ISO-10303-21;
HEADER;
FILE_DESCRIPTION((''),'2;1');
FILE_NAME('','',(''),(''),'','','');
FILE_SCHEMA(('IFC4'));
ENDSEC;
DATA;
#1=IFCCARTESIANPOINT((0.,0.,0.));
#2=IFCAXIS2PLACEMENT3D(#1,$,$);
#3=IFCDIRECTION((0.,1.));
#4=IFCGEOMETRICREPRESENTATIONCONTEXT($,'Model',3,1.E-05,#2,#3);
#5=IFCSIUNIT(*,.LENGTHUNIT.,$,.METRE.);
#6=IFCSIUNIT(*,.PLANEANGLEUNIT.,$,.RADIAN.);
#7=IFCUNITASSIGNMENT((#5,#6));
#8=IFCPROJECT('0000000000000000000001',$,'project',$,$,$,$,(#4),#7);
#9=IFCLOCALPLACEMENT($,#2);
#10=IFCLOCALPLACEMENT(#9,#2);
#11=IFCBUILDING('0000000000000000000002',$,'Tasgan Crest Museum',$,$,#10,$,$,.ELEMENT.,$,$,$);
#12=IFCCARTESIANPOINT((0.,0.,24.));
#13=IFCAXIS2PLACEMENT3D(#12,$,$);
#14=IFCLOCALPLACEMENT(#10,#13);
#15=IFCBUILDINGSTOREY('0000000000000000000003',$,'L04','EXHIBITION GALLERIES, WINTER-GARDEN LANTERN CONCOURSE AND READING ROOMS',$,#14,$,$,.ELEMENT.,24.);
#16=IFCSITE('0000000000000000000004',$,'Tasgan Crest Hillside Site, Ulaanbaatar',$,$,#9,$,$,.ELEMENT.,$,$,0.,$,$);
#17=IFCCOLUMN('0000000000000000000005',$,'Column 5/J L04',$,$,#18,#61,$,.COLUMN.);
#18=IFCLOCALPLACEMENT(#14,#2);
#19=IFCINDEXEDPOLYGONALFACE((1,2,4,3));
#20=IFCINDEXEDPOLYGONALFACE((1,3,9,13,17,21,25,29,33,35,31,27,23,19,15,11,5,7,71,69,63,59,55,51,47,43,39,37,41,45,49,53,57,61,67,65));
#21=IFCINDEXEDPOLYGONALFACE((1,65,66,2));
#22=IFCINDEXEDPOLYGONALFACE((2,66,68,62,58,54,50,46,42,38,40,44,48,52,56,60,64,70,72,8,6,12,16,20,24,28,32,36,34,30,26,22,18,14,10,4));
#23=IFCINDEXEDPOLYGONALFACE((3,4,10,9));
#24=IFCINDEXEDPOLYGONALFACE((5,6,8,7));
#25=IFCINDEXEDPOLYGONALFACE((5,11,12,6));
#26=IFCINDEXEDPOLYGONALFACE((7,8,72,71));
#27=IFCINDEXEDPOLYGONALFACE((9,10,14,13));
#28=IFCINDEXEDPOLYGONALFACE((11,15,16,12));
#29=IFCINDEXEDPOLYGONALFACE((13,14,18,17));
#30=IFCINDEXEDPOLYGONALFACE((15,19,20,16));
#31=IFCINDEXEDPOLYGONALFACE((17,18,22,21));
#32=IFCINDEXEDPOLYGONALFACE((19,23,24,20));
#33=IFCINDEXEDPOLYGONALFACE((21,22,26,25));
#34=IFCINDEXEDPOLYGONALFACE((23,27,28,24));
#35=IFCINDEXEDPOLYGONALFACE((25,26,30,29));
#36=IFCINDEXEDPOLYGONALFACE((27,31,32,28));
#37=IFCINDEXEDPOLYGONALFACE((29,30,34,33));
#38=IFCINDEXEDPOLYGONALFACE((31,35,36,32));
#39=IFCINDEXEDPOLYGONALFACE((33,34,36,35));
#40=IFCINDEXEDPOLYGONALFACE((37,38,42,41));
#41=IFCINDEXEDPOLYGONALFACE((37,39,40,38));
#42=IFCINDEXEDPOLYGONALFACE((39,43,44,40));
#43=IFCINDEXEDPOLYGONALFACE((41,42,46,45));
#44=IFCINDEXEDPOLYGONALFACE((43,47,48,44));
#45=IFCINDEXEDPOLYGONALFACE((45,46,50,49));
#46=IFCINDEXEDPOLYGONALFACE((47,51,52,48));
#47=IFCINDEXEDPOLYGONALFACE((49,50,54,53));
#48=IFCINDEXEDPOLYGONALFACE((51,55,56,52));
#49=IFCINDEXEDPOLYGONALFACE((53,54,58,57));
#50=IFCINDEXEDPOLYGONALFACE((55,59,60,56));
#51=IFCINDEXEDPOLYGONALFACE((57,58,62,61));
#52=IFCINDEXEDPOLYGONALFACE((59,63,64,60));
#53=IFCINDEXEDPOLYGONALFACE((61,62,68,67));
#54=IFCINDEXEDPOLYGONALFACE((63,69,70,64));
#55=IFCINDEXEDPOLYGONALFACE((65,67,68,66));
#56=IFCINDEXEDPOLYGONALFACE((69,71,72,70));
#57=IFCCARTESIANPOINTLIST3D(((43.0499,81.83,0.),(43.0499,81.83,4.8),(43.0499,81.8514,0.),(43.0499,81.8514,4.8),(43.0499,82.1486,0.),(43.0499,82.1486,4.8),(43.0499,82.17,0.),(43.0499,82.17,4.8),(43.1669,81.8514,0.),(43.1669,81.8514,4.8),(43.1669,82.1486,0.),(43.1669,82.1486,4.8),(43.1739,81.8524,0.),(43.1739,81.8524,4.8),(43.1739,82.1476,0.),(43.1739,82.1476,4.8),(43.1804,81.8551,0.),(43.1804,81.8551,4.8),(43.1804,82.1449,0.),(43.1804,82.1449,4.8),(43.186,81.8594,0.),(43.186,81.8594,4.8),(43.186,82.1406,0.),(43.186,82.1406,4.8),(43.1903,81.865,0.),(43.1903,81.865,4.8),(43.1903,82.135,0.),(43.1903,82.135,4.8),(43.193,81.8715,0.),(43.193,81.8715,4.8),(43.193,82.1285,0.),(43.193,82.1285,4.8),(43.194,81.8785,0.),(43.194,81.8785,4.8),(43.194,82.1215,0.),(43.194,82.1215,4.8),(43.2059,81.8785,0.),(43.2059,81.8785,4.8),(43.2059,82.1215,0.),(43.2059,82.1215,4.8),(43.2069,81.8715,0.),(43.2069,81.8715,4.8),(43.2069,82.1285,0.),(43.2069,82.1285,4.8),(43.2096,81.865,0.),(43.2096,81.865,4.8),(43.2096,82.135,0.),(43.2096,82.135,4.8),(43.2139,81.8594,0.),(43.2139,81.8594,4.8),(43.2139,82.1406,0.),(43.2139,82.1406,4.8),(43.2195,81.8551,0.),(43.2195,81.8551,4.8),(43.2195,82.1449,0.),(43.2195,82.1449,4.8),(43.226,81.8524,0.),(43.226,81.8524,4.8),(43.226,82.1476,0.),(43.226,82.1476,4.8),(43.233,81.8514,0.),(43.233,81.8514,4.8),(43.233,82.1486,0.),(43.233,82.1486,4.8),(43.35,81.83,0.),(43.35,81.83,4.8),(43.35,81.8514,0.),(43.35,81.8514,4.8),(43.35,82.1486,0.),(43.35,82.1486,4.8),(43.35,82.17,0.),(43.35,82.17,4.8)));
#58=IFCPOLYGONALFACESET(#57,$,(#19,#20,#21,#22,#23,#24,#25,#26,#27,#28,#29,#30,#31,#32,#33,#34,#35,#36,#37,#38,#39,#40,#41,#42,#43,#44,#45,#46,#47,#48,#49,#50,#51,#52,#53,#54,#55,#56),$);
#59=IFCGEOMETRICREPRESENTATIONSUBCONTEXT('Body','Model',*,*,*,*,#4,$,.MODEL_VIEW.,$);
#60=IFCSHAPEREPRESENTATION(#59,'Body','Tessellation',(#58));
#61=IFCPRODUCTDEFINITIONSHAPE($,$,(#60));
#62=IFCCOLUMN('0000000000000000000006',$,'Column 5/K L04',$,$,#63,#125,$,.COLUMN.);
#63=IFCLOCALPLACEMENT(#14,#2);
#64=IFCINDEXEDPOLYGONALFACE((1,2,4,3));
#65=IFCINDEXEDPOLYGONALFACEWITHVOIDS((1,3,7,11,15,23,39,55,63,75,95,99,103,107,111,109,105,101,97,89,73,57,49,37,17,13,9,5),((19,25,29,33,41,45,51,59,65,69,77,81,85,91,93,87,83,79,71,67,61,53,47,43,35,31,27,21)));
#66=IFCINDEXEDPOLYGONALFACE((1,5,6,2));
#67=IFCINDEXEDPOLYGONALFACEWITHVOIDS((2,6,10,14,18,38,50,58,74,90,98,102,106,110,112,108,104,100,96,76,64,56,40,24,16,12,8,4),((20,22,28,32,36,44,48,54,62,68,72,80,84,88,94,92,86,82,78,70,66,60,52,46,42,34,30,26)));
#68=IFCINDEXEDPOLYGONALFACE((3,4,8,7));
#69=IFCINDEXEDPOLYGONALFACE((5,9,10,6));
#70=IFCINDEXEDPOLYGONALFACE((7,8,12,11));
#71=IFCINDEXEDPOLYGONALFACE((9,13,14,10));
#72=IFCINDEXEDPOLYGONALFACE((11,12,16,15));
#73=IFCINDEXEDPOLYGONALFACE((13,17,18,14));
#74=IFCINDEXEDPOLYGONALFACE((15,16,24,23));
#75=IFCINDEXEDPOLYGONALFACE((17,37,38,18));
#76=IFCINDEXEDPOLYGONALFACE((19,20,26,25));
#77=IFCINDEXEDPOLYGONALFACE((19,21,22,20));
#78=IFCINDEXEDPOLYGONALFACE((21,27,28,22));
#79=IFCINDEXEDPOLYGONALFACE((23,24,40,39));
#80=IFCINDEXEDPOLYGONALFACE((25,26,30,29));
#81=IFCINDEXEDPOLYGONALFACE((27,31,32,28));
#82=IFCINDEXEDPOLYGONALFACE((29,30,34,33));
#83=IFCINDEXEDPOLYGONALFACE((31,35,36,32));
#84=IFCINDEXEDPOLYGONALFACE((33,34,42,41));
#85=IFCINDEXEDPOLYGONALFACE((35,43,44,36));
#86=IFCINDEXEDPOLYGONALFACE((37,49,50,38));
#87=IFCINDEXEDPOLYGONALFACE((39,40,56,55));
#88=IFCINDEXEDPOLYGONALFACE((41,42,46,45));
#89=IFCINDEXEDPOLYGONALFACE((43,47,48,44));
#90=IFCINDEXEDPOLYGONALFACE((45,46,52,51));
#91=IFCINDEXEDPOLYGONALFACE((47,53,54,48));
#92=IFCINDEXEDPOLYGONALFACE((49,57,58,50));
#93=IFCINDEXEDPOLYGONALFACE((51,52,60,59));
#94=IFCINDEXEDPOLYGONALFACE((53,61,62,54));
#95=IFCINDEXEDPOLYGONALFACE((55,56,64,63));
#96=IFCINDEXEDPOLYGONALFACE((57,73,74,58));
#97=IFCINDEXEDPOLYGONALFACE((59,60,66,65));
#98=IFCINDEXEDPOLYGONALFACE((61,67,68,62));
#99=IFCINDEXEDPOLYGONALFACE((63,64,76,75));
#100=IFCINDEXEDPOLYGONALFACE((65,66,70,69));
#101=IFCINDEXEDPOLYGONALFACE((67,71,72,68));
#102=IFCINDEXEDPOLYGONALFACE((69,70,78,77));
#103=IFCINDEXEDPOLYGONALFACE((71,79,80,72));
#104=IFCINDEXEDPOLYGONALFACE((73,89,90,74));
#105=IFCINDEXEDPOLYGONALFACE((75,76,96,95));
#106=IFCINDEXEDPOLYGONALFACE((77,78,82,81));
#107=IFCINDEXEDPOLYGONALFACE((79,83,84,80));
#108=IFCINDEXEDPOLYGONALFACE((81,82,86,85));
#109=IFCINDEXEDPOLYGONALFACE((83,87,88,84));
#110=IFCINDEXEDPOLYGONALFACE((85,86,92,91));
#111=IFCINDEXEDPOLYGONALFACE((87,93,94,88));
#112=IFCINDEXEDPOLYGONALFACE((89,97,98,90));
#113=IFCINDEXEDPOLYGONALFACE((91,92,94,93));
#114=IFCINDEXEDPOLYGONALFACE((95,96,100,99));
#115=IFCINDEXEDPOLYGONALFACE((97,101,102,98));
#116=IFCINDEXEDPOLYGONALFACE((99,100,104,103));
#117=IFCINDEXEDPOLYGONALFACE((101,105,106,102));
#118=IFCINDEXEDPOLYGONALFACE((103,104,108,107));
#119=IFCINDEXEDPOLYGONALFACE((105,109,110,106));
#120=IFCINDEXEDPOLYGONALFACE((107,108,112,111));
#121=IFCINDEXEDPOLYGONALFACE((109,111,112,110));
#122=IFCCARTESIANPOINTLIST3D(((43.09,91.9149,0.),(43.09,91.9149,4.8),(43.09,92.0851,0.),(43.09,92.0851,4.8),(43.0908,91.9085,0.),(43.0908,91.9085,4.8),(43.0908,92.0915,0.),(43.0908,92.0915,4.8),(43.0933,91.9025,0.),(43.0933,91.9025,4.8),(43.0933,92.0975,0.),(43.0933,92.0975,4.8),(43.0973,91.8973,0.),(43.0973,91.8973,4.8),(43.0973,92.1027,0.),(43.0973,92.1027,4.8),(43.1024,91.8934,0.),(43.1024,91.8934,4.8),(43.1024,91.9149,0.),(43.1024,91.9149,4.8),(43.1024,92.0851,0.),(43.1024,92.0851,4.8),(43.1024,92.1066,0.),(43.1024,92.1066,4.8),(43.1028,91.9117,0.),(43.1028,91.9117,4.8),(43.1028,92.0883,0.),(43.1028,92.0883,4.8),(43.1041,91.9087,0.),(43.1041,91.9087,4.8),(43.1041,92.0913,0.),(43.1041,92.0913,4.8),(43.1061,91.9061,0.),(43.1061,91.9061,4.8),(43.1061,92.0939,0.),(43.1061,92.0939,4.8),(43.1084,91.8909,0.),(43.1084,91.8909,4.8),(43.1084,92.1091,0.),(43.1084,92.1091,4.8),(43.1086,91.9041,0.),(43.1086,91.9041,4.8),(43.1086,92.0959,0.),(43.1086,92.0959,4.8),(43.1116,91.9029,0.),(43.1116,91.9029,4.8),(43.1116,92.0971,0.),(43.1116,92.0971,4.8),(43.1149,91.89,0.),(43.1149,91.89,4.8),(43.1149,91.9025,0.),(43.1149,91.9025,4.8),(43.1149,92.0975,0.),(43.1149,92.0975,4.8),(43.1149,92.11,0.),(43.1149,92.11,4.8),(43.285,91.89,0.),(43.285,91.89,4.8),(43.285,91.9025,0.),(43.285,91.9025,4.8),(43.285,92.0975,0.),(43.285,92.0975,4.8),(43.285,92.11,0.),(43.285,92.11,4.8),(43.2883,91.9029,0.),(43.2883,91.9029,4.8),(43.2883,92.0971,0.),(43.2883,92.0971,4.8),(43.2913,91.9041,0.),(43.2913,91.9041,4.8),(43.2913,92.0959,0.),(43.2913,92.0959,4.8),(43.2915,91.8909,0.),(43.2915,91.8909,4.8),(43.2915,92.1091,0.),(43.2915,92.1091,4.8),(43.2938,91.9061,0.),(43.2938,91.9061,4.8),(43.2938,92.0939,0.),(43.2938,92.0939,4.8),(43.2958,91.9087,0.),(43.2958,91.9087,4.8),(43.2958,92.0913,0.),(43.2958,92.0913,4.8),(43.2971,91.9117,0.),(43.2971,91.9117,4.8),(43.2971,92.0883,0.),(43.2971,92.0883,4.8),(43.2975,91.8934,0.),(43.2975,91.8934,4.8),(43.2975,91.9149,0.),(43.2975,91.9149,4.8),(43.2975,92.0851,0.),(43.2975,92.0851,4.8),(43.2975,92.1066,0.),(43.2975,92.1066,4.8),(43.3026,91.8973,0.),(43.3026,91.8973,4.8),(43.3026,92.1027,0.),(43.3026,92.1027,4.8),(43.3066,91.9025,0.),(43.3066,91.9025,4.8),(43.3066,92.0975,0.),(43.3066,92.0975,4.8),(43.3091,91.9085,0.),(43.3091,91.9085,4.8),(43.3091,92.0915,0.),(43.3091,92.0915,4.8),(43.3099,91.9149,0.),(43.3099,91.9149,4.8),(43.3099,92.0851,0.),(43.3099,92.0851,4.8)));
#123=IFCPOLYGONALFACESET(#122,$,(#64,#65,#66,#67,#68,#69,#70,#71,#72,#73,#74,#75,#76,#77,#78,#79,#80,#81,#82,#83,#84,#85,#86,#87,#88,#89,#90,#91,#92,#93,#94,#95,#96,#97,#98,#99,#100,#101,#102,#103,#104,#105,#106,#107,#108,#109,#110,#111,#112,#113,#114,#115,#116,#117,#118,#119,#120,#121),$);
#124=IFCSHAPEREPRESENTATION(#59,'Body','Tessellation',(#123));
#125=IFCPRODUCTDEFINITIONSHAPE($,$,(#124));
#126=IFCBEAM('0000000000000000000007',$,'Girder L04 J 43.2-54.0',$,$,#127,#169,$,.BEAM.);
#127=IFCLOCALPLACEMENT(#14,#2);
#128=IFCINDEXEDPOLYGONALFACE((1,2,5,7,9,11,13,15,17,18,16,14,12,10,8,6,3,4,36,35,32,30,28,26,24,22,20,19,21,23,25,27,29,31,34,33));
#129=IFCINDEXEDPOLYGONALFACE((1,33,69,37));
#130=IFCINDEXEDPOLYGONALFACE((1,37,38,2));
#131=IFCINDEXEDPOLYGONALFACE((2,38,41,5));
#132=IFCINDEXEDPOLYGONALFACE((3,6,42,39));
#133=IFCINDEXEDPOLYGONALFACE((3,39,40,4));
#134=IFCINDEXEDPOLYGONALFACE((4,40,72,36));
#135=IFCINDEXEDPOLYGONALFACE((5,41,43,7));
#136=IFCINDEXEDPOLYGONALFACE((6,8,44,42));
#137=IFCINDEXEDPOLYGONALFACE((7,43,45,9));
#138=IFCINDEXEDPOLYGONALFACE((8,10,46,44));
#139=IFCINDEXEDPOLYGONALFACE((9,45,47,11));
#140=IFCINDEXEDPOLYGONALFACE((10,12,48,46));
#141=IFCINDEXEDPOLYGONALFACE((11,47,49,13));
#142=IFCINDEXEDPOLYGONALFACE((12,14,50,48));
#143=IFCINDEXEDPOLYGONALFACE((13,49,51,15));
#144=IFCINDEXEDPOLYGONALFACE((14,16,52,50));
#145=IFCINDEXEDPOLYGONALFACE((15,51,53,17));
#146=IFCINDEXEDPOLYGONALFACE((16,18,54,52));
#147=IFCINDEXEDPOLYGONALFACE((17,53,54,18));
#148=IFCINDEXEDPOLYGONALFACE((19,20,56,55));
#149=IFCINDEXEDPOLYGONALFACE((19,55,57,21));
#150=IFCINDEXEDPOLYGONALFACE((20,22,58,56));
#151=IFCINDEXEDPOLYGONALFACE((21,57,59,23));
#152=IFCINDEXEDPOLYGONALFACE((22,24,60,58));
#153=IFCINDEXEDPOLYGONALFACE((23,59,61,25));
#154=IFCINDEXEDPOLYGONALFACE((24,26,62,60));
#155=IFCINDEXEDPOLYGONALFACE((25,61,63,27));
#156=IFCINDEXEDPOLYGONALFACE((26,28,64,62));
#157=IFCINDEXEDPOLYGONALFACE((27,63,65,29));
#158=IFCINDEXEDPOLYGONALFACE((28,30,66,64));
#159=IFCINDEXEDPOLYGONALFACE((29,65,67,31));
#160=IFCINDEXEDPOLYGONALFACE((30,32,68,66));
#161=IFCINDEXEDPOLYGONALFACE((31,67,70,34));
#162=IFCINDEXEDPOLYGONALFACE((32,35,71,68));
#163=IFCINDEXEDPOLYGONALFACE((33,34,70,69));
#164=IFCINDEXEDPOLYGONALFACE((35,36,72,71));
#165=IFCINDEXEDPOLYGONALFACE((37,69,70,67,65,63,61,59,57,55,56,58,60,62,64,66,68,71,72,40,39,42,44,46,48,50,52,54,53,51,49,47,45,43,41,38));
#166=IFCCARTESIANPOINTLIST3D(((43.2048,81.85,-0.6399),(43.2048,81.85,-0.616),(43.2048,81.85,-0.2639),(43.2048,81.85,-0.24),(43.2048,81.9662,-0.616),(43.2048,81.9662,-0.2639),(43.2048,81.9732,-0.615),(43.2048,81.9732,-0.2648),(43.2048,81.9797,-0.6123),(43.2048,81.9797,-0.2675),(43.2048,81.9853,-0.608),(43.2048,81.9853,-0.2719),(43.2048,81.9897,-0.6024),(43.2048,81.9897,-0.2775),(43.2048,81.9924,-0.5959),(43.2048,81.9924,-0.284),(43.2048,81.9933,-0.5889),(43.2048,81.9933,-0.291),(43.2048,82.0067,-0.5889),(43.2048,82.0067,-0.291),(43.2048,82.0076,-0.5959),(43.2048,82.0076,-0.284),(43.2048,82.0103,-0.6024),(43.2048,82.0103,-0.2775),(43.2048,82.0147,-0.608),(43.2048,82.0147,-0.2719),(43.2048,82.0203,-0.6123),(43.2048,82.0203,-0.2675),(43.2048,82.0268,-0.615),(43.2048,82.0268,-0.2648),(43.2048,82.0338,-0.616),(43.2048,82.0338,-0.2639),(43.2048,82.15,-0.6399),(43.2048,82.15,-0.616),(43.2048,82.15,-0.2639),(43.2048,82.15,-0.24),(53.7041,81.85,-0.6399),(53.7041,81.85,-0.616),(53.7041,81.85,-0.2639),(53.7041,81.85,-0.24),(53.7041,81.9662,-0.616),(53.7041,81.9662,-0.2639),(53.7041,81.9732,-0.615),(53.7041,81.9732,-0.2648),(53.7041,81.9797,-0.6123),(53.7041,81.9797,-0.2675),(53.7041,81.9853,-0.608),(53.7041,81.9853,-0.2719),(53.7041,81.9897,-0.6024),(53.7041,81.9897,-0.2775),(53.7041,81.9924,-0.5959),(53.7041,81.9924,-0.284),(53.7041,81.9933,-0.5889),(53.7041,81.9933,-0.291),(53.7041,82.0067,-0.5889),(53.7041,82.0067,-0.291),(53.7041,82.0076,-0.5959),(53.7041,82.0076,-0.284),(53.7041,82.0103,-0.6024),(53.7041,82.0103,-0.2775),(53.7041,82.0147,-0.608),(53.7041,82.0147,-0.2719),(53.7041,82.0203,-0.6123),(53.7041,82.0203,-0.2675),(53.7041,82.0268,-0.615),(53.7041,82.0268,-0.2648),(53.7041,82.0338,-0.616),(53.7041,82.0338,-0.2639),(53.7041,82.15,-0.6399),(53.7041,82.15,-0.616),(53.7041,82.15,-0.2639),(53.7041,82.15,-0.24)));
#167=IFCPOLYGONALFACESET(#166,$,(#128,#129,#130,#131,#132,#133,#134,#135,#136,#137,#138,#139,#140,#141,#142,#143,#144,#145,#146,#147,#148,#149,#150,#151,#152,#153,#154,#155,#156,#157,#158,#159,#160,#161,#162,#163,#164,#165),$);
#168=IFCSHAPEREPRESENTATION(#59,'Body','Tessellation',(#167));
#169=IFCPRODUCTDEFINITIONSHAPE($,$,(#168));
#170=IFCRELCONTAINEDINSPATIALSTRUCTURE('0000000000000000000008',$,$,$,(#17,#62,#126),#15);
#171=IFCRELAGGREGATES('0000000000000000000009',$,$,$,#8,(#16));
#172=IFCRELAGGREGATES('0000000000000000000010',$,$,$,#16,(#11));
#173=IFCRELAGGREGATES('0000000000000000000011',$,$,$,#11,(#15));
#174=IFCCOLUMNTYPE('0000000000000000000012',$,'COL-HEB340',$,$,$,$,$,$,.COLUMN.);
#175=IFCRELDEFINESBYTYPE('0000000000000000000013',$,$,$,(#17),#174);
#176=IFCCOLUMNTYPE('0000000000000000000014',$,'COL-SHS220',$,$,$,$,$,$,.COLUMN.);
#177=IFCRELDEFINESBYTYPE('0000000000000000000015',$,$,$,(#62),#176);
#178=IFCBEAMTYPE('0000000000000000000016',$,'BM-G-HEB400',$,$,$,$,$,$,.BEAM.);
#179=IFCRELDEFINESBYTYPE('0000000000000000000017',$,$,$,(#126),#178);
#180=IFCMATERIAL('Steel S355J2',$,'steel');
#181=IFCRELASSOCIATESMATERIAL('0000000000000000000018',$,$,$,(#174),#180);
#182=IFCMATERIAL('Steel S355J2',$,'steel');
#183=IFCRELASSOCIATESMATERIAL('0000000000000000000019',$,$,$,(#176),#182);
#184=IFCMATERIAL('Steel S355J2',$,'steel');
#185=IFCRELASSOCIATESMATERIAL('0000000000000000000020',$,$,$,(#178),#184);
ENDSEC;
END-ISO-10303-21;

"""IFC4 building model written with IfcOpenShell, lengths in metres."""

from ifc_helpers import new_model, si_unit, direction, frame, origin, origin_2d, place, context, subcontext, project, spatial, hollow_rectangle, i_section, extrude, material, material_profile, profile_set, type_object, element, save


model = new_model("IFC4")

# Units and contexts
model_context = context("Model", 3, precision=1e-05, world=origin(), true_north=direction((0.0, 1.0)))
body_context = subcontext(model_context, "Body", "Model", "MODEL_VIEW")
ifc_project = project(units=[si_unit("LENGTHUNIT", "METRE"), si_unit("PLANEANGLEUNIT", "RADIAN")], contexts=[model_context])

# Site, building, storey
site_placement = place(None, origin())
site = spatial("IfcSite", under=ifc_project, at=site_placement, Name="Tasgan Crest Hillside Site, Ulaanbaatar", CompositionType="ELEMENT", RefElevation=0.0)
building_placement = place(site_placement, origin())
building = spatial("IfcBuilding", under=site, at=building_placement, Name="Tasgan Crest Museum", CompositionType="ELEMENT")
storey_placement = place(building_placement, frame((0.0, 0.0, 24.0)))
storey = spatial("IfcBuildingStorey", under=building, at=storey_placement, Name="L04", Description="EXHIBITION GALLERIES, WINTER-GARDEN LANTERN CONCOURSE AND READING ROOMS", CompositionType="ELEMENT", Elevation=24.0)

# Columns
ifc_material_1 = material(Name="Steel S355J2", Category="steel")
ifc_material_profile_1 = material_profile(ifc_material_1, i_section(OverallWidth=0.3, OverallDepth=0.3401, WebThickness=0.012, FlangeThickness=0.0215, FilletRadius=0.0271, at=origin_2d()), Name="HEB 340")
ifc_profile_set_1 = profile_set([ifc_material_profile_1], Name="Steel S355J2")
column_type_1 = type_object("IfcColumnType", Name="COL-HEB340", PredefinedType="COLUMN", material=ifc_profile_set_1)
column_1_placement = place(storey_placement, frame((43.2, 82.0, 0.0), z_axis=(0.0, 0.0, 1.0), x_axis=(1.0, 0.0, 0.0)))
element("IfcColumn", 1, at=column_1_placement, inside=storey, type_object=column_type_1, Name="Column 5/J L04", PredefinedType="COLUMN", context=body_context, shape_type="SweptSolid", body=[
    extrude(i_section(OverallWidth=0.3, OverallDepth=0.3401, WebThickness=0.012, FlangeThickness=0.0215, FilletRadius=0.0271, at=origin_2d()), origin(), (0.0, 0.0, 1.0), 4.8),
])
ifc_material_2 = material(Name="Steel S355J2", Category="steel")
ifc_material_profile_2 = material_profile(ifc_material_2, hollow_rectangle(XDim=0.22, YDim=0.22, WallThickness=0.0125, InnerFilletRadius=0.0125, OuterFilletRadius=0.0249, at=origin_2d()), Name="SHS 220x220x12.5")
ifc_profile_set_2 = profile_set([ifc_material_profile_2], Name="Steel S355J2")
column_type_2 = type_object("IfcColumnType", Name="COL-SHS220", PredefinedType="COLUMN", material=ifc_profile_set_2)
column_2_placement = place(storey_placement, frame((43.2, 92.0, 0.0), z_axis=(0.0, 0.0, 1.0), x_axis=(1.0, 0.0, 0.0)))
element("IfcColumn", 2, at=column_2_placement, inside=storey, type_object=column_type_2, Name="Column 5/K L04", PredefinedType="COLUMN", context=body_context, shape_type="SweptSolid", body=[
    extrude(hollow_rectangle(XDim=0.22, YDim=0.22, WallThickness=0.0125, InnerFilletRadius=0.0125, OuterFilletRadius=0.0249, at=origin_2d()), origin(), (0.0, 0.0, 1.0), 4.8),
])

# Beam
ifc_material_3 = material(Name="Steel S355J2", Category="steel")
ifc_material_profile_3 = material_profile(ifc_material_3, i_section(OverallWidth=0.3, OverallDepth=0.3999, WebThickness=0.0134, FlangeThickness=0.0239, FilletRadius=0.0271, at=origin_2d()), Name="HEB 400")
ifc_profile_set_3 = profile_set([ifc_material_profile_3], Name="Steel S355J2")
beam_type_1 = type_object("IfcBeamType", Name="BM-G-HEB400", PredefinedType="BEAM", material=ifc_profile_set_3)
beam_1_placement = place(storey_placement, frame((43.2048, 82.0, -0.4399), z_axis=(1.0, 0.0, 0.0), x_axis=(0.0, 1.0, 0.0)))
element("IfcBeam", 3, at=beam_1_placement, inside=storey, type_object=beam_type_1, Name="Girder L04 J 43.2-54.0", PredefinedType="BEAM", context=body_context, shape_type="SweptSolid", body=[
    extrude(i_section(OverallWidth=0.3, OverallDepth=0.3999, WebThickness=0.0134, FlangeThickness=0.0239, FilletRadius=0.0271, at=origin_2d()), origin(), (0.0, 0.0, 1.0), 10.4993),
])

save(model, "model.ifc")
